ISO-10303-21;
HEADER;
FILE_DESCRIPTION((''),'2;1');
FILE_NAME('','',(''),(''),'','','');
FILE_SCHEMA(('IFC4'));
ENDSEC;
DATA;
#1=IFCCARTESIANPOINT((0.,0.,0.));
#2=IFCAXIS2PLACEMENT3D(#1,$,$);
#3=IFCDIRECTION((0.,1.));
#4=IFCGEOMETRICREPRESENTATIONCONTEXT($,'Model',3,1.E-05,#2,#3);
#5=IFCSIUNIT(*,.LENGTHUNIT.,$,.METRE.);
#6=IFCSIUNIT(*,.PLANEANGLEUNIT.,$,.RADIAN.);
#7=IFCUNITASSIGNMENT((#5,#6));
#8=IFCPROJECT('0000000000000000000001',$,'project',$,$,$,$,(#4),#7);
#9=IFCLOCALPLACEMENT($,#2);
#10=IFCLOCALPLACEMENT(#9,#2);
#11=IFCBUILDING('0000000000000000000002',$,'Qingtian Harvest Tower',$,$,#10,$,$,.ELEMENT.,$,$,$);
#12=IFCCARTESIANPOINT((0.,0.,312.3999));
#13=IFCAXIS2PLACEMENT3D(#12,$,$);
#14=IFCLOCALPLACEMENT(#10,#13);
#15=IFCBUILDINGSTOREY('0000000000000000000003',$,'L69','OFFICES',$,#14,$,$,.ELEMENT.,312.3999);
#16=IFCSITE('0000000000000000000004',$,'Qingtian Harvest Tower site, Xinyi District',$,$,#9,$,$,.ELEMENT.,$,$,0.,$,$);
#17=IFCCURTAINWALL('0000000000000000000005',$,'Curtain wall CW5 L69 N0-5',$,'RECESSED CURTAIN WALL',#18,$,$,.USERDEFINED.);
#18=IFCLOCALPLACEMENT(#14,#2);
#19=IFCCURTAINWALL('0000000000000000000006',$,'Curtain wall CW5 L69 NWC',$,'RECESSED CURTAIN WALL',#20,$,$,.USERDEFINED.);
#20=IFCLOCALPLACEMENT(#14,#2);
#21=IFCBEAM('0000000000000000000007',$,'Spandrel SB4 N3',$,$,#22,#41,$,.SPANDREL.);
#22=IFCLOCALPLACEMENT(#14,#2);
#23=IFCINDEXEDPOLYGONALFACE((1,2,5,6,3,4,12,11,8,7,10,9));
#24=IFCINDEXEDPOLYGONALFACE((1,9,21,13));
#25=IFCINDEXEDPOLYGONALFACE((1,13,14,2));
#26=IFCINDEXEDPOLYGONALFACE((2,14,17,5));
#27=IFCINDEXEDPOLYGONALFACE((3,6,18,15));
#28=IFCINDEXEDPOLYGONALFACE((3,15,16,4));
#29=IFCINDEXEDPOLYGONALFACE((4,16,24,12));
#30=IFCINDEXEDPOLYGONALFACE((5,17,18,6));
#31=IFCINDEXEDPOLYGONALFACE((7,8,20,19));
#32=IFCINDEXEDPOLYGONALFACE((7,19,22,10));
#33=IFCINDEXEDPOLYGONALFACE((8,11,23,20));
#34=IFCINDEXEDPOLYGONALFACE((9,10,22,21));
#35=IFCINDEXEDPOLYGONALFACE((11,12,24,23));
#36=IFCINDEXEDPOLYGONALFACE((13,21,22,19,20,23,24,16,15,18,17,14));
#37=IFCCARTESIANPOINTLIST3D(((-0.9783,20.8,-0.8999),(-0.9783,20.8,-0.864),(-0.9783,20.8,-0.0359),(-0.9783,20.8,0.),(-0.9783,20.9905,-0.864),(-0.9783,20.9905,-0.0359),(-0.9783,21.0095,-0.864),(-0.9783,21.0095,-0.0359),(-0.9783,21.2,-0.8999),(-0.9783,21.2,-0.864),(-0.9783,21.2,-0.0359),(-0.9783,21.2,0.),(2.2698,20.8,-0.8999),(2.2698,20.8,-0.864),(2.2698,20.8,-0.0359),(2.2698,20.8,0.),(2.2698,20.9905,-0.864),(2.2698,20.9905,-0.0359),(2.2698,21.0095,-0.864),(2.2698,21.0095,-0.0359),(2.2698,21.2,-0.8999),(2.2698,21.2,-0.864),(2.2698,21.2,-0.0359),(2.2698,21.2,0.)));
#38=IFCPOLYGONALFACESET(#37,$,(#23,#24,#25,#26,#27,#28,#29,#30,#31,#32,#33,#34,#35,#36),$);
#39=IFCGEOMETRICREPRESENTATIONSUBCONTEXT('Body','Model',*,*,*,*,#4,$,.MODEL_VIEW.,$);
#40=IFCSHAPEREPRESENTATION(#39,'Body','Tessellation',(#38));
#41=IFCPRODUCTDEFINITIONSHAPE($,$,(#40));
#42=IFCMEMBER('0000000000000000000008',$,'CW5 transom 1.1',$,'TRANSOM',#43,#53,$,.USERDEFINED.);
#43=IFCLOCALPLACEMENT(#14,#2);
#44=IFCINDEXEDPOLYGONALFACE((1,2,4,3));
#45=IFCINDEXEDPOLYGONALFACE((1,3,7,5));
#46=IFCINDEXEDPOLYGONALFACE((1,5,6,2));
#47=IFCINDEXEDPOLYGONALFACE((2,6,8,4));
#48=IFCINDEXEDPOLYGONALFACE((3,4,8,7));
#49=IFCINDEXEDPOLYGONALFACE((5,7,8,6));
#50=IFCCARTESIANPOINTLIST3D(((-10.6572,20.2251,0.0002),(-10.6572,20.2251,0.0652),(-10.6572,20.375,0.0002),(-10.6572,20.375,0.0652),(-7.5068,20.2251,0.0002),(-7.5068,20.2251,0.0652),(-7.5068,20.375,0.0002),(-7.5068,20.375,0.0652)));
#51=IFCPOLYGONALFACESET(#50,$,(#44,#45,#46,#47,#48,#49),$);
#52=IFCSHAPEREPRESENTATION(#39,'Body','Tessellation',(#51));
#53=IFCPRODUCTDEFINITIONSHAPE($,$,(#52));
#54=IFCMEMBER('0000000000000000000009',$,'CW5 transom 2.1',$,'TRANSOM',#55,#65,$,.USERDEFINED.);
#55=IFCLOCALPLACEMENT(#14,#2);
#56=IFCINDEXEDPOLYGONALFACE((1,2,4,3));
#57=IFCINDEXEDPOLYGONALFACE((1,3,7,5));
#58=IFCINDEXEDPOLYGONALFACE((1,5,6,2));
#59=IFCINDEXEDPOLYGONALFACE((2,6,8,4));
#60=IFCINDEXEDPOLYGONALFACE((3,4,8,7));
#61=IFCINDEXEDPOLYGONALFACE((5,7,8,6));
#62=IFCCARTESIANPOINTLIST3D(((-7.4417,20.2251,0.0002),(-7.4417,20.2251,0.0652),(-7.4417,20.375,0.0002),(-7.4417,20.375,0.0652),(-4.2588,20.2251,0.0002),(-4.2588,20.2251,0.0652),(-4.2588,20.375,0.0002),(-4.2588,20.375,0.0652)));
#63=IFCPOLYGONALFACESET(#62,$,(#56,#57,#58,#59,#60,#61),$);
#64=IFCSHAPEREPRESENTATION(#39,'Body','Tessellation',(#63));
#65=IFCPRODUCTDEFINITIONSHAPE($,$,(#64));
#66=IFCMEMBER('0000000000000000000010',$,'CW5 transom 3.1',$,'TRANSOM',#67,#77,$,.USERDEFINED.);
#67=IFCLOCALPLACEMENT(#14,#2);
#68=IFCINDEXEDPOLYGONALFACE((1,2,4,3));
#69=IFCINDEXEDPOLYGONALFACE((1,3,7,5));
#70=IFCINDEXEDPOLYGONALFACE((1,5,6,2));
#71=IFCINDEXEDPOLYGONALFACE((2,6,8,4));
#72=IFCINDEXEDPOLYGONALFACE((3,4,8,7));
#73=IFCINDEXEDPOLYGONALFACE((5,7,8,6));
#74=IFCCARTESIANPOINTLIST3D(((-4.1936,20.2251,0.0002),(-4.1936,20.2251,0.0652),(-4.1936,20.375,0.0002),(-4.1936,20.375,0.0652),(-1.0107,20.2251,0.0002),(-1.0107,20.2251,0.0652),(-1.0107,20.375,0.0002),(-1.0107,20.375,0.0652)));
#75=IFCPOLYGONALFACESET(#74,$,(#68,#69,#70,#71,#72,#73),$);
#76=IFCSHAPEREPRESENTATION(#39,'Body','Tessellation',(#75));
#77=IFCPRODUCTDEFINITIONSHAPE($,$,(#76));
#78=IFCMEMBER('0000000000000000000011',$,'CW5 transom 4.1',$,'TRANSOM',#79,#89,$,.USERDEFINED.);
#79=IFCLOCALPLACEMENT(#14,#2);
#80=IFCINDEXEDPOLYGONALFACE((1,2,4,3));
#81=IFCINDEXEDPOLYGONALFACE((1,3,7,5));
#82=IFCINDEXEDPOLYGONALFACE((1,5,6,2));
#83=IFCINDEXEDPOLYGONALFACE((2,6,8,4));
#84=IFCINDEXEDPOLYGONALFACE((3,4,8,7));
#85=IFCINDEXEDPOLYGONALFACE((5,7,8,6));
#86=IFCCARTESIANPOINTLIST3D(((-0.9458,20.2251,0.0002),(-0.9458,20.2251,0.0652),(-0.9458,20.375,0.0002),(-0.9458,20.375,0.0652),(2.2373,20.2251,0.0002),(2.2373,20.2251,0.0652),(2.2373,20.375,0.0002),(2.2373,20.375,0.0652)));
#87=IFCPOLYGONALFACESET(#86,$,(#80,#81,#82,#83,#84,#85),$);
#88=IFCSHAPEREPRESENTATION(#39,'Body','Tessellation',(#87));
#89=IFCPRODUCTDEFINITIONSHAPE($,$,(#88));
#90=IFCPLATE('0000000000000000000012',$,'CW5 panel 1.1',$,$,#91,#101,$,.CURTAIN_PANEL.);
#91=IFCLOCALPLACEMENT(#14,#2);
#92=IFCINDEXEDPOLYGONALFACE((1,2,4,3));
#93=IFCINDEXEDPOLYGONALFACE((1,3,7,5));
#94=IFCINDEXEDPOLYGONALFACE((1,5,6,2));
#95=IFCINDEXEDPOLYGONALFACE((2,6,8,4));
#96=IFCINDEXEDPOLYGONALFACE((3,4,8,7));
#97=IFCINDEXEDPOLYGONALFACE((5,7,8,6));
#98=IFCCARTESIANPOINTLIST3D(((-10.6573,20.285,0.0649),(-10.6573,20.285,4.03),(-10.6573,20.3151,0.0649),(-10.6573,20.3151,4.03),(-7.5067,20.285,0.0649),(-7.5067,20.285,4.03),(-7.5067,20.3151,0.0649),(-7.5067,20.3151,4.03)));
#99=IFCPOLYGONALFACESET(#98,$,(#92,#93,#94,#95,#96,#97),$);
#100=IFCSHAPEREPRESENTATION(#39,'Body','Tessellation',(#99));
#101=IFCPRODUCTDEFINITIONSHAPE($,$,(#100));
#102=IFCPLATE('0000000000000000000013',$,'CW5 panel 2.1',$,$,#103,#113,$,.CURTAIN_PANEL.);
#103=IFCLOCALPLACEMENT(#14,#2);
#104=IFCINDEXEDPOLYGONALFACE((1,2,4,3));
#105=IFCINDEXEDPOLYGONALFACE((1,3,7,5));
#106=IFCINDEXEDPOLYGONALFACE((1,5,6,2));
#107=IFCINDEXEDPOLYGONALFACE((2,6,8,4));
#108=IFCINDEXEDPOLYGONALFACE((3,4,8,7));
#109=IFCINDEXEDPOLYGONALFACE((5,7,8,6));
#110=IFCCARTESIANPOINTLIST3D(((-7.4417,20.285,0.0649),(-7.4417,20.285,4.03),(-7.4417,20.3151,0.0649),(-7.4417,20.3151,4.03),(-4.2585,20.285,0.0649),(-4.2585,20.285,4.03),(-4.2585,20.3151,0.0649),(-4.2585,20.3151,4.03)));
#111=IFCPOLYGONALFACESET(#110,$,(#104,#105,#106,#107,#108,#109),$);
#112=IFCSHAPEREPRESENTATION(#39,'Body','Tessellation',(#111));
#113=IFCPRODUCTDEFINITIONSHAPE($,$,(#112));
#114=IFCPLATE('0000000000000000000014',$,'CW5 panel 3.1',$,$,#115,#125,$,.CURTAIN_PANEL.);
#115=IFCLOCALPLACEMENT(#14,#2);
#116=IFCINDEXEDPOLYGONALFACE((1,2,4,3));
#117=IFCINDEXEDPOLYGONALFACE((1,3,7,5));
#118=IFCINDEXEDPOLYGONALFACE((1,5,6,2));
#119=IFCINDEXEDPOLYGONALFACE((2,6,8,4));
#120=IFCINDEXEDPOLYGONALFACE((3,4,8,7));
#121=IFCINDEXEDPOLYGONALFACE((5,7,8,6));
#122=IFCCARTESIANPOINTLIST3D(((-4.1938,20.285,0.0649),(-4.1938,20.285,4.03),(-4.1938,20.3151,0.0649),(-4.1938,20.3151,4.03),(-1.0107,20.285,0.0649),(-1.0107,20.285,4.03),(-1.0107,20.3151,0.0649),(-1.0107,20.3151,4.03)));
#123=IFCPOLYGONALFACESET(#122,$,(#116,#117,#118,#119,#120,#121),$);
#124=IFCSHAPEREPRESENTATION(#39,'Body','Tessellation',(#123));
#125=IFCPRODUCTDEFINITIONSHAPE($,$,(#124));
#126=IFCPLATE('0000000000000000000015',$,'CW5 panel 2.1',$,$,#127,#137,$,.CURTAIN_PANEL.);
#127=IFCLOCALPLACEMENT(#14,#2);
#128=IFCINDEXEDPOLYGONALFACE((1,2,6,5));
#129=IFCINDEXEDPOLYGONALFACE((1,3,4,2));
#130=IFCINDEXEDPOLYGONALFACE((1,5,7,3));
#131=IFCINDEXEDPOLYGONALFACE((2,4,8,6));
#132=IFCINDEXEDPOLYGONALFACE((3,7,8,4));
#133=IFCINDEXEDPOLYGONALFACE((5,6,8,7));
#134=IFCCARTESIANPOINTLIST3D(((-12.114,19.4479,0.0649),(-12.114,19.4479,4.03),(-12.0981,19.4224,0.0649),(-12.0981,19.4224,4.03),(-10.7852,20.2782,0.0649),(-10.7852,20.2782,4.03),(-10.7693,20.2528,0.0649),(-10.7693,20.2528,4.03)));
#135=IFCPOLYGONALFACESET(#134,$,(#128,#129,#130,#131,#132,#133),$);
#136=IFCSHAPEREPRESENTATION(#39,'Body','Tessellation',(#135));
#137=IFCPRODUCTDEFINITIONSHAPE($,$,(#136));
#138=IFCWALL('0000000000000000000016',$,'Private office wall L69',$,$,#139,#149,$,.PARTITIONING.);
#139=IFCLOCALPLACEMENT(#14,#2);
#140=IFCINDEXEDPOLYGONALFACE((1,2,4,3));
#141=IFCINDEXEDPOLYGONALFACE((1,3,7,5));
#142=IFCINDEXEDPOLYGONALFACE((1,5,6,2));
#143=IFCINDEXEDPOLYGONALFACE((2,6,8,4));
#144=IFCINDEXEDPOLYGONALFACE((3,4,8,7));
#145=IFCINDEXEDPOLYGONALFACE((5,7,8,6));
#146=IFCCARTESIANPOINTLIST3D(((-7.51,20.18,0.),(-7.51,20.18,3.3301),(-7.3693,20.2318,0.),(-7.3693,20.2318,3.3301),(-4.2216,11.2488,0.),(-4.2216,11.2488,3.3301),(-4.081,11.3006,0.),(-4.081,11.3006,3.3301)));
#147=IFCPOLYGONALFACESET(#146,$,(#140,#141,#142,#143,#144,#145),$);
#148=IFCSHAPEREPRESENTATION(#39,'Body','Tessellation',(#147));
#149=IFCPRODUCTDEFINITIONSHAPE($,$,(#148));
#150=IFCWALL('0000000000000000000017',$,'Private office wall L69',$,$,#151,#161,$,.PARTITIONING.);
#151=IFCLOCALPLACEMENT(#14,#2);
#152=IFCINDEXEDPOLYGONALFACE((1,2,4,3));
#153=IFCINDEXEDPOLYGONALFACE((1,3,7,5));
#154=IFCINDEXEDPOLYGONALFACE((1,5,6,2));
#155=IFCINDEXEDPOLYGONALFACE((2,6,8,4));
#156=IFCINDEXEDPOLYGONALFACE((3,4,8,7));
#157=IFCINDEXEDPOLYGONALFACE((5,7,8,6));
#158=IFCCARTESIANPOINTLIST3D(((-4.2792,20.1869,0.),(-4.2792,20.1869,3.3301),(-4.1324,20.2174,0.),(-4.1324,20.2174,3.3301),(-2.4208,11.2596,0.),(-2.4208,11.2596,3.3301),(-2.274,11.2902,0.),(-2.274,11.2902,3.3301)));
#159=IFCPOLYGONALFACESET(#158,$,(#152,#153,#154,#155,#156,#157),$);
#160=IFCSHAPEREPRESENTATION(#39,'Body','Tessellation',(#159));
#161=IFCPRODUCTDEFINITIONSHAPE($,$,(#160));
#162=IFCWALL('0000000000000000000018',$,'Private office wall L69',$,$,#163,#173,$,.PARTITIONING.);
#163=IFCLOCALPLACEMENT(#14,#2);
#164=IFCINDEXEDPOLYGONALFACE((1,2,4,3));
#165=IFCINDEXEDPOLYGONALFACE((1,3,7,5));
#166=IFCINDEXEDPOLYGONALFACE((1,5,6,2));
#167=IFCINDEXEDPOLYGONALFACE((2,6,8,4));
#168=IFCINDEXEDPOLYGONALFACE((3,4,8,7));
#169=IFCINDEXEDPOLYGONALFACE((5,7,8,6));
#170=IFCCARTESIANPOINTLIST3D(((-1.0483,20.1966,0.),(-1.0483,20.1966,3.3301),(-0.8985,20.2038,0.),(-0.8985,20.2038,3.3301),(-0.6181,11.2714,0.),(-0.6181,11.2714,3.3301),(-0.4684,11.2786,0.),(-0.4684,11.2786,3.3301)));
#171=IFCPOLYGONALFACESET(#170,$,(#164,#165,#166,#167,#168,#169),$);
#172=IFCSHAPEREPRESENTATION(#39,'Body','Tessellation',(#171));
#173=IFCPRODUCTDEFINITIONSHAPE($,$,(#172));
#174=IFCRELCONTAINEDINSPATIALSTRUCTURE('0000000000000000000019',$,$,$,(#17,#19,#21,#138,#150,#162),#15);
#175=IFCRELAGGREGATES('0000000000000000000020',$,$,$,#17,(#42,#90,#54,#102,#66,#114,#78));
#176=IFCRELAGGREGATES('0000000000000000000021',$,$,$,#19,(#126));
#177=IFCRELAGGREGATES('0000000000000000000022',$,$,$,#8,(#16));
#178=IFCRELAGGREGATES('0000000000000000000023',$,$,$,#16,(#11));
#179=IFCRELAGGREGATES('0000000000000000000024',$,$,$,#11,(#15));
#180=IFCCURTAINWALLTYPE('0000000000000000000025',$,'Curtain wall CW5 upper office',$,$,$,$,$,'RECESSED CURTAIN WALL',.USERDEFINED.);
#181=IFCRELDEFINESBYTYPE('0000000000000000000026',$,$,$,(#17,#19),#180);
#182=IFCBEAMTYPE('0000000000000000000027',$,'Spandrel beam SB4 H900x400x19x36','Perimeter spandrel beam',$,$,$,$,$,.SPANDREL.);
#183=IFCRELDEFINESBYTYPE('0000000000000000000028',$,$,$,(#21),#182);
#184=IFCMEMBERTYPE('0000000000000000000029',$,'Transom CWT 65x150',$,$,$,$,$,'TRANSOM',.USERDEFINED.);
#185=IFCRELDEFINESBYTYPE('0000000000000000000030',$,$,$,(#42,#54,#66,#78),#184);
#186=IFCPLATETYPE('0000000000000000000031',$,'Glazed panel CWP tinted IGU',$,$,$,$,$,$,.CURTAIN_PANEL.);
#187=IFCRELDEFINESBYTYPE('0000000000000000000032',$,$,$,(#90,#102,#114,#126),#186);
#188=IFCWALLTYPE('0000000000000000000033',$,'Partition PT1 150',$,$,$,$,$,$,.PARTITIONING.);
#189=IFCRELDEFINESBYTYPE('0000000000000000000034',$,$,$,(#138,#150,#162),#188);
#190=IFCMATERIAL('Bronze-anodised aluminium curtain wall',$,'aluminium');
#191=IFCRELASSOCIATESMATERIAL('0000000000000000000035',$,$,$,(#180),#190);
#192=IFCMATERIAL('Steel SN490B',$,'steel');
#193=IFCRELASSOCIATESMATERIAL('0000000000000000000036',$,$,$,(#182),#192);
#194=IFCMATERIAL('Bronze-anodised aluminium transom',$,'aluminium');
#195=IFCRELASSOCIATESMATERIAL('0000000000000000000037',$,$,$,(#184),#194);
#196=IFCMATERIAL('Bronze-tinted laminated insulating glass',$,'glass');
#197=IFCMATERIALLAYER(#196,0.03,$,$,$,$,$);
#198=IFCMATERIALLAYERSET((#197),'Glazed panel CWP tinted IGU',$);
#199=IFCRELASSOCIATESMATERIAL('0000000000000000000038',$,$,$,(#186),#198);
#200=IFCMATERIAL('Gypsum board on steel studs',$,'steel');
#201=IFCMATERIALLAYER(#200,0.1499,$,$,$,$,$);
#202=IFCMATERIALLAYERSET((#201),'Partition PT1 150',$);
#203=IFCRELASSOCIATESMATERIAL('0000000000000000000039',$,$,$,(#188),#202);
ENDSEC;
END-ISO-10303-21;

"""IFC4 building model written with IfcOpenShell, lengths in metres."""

from ifc_helpers import new_model, si_unit, direction, frame, frame_2d, origin, origin_2d, place, context, subcontext, project, spatial, rectangle, i_section, extrude, material, layer, layer_set, material_profile, profile_set, type_object, element, aggregate, save


model = new_model("IFC4")

# Units and contexts
model_context = context("Model", 3, precision=1e-05, world=origin(), true_north=direction((0.0, 1.0)))
body_context = subcontext(model_context, "Body", "Model", "MODEL_VIEW")
ifc_project = project(units=[si_unit("LENGTHUNIT", "METRE"), si_unit("PLANEANGLEUNIT", "RADIAN")], contexts=[model_context])

# Site, building, storey
site_placement = place(None, origin())
site = spatial("IfcSite", under=ifc_project, at=site_placement, Name="Qingtian Harvest Tower site, Xinyi District", CompositionType="ELEMENT", RefElevation=0.0)
building_placement = place(site_placement, origin())
building = spatial("IfcBuilding", under=site, at=building_placement, Name="Qingtian Harvest Tower", CompositionType="ELEMENT")
storey_placement = place(building_placement, frame((0.0, 0.0, 312.3999)))
storey = spatial("IfcBuildingStorey", under=building, at=storey_placement, Name="L69", Description="OFFICES", CompositionType="ELEMENT", Elevation=312.3999)

# Curtain wall
ifc_material_1 = material(Name="Bronze-anodised aluminium curtain wall", Category="aluminium")
curtain_wall_type = type_object("IfcCurtainWallType", Name="Curtain wall CW5 upper office", ElementType="RECESSED CURTAIN WALL", PredefinedType="USERDEFINED", material=ifc_material_1)
curtain_wall_1_placement = place(storey_placement, origin())
curtain_wall_1 = element("IfcCurtainWall", 1, at=curtain_wall_1_placement, inside=storey, type_object=curtain_wall_type, Name="Curtain wall CW5 L69 N0-5", ObjectType="RECESSED CURTAIN WALL", PredefinedType="USERDEFINED")

# Curtain wall
curtain_wall_2_placement = place(storey_placement, origin())
curtain_wall_2 = element("IfcCurtainWall", 2, at=curtain_wall_2_placement, inside=storey, type_object=curtain_wall_type, Name="Curtain wall CW5 L69 NWC", ObjectType="RECESSED CURTAIN WALL", PredefinedType="USERDEFINED")

# Beam
ifc_material_2 = material(Name="Steel SN490B", Category="steel")
ifc_material_profile_1 = material_profile(ifc_material_2, i_section(OverallWidth=0.3999, OverallDepth=0.8999, WebThickness=0.019, FlangeThickness=0.0359, at=origin_2d()), Name="H900x400x19x36")
ifc_profile_set_1 = profile_set([ifc_material_profile_1], Name="Steel SN490B")
beam_type_1 = type_object("IfcBeamType", Name="Spandrel beam SB4 H900x400x19x36", Description="Perimeter spandrel beam", PredefinedType="SPANDREL", material=ifc_profile_set_1)
for number, where, z_axis, x_axis, name in (
    (3, (-0.9783, 21.0, -0.45), (1.0, 0.0, 0.0), (0.0, 1.0, 0.0), "Spandrel SB4 N3"),
):
    element("IfcBeam", number, at=place(storey_placement, frame(where, z_axis=z_axis, x_axis=x_axis)), inside=storey, type_object=beam_type_1, Name=name, PredefinedType="SPANDREL", context=body_context, shape_type="SweptSolid", body=[
        extrude(i_section(OverallWidth=0.3999, OverallDepth=0.8999, WebThickness=0.019, FlangeThickness=0.0359, at=origin_2d()), origin(), (0.0, 0.0, 1.0), 3.248),
    ])

# Members
ifc_material_3 = material(Name="Bronze-anodised aluminium transom", Category="aluminium")
ifc_material_profile_2 = material_profile(ifc_material_3, rectangle(XDim=0.1499, YDim=0.0649, at=origin_2d()), Name="AL 65x150")
ifc_profile_set_2 = profile_set([ifc_material_profile_2], Name="Bronze-anodised aluminium transom")
member_type_1 = type_object("IfcMemberType", Name="Transom CWT 65x150", ElementType="TRANSOM", PredefinedType="USERDEFINED", material=ifc_profile_set_2)
member_1_placement = place(storey_placement, frame((-10.6572, 20.3, 0.0327), z_axis=(1.0, 0.0, 0.0), x_axis=(0.0, 1.0, 0.0)))
member_1 = element("IfcMember", 4, at=member_1_placement, type_object=member_type_1, Name="CW5 transom 1.1", ObjectType="TRANSOM", PredefinedType="USERDEFINED", context=body_context, shape_type="SweptSolid", body=[
    extrude(rectangle(XDim=0.1499, YDim=0.0649, at=origin_2d()), origin(), (0.0, 0.0, 1.0), 3.1504),
])
member_2_placement = place(storey_placement, frame((-7.4417, 20.3, 0.0327), z_axis=(1.0, 0.0, 0.0), x_axis=(0.0, 1.0, 0.0)))
member_2 = element("IfcMember", 5, at=member_2_placement, type_object=member_type_1, Name="CW5 transom 2.1", ObjectType="TRANSOM", PredefinedType="USERDEFINED", context=body_context, shape_type="SweptSolid", body=[
    extrude(rectangle(XDim=0.1499, YDim=0.0649, at=origin_2d()), origin(), (0.0, 0.0, 1.0), 3.1829),
])
member_3_placement = place(storey_placement, frame((-4.1936, 20.3, 0.0327), z_axis=(1.0, 0.0, 0.0), x_axis=(0.0, 1.0, 0.0)))
member_3 = element("IfcMember", 6, at=member_3_placement, type_object=member_type_1, Name="CW5 transom 3.1", ObjectType="TRANSOM", PredefinedType="USERDEFINED", context=body_context, shape_type="SweptSolid", body=[
    extrude(rectangle(XDim=0.1499, YDim=0.0649, at=origin_2d()), origin(), (0.0, 0.0, 1.0), 3.1829),
])
member_4_placement = place(storey_placement, frame((-0.9458, 20.3, 0.0327), z_axis=(1.0, 0.0, 0.0), x_axis=(0.0, 1.0, 0.0)))
member_4 = element("IfcMember", 7, at=member_4_placement, type_object=member_type_1, Name="CW5 transom 4.1", ObjectType="TRANSOM", PredefinedType="USERDEFINED", context=body_context, shape_type="SweptSolid", body=[
    extrude(rectangle(XDim=0.1499, YDim=0.0649, at=origin_2d()), origin(), (0.0, 0.0, 1.0), 3.1831),
])

# Plates
ifc_material_4 = material(Name="Bronze-tinted laminated insulating glass", Category="glass")
ifc_layer_1 = layer(ifc_material_4, 0.03)
ifc_layer_set_1 = layer_set([ifc_layer_1], Name="Glazed panel CWP tinted IGU")
plate_type = type_object("IfcPlateType", Name="Glazed panel CWP tinted IGU", PredefinedType="CURTAIN_PANEL", material=ifc_layer_set_1)
plate_1_placement = place(storey_placement, frame((-9.082, 20.3, 0.0649), z_axis=(0.0, 0.0, 1.0), x_axis=(1.0, 0.0, 0.0)))
plate_1 = element("IfcPlate", 8, at=plate_1_placement, type_object=plate_type, Name="CW5 panel 1.1", PredefinedType="CURTAIN_PANEL", context=body_context, shape_type="SweptSolid", body=[
    extrude(rectangle(XDim=3.1506, YDim=0.03, at=origin_2d()), origin(), (0.0, 0.0, 1.0), 3.9651),
])
plate_2_placement = place(storey_placement, frame((-5.8501, 20.3, 0.0649), z_axis=(0.0, 0.0, 1.0), x_axis=(1.0, 0.0, 0.0)))
plate_2 = element("IfcPlate", 9, at=plate_2_placement, type_object=plate_type, Name="CW5 panel 2.1", PredefinedType="CURTAIN_PANEL", context=body_context, shape_type="SweptSolid", body=[
    extrude(rectangle(XDim=3.1831, YDim=0.03, at=origin_2d()), origin(), (0.0, 0.0, 1.0), 3.9651),
])
plate_3_placement = place(storey_placement, frame((-2.6023, 20.3, 0.0649), z_axis=(0.0, 0.0, 1.0), x_axis=(1.0, 0.0, 0.0)))
plate_3 = element("IfcPlate", 10, at=plate_3_placement, type_object=plate_type, Name="CW5 panel 3.1", PredefinedType="CURTAIN_PANEL", context=body_context, shape_type="SweptSolid", body=[
    extrude(rectangle(XDim=3.1831, YDim=0.03, at=origin_2d()), origin(), (0.0, 0.0, 1.0), 3.9651),
])
aggregate(curtain_wall_1, [member_1, plate_1, member_2, plate_2, member_3, plate_3, member_4])
plate_4_placement = place(storey_placement, frame((-11.4417, 19.8503, 0.0649), z_axis=(0.0, 0.0, 1.0), x_axis=(0.848048, 0.529919, 0.0)))
plate_4 = element("IfcPlate", 11, at=plate_4_placement, type_object=plate_type, Name="CW5 panel 2.1", PredefinedType="CURTAIN_PANEL", context=body_context, shape_type="SweptSolid", body=[
    extrude(rectangle(XDim=1.5669, YDim=0.03, at=origin_2d()), origin(), (0.0, 0.0, 1.0), 3.9651),
])
aggregate(curtain_wall_2, [plate_4])

# Walls
ifc_material_5 = material(Name="Gypsum board on steel studs", Category="steel")
ifc_layer_2 = layer(ifc_material_5, 0.1499)
ifc_layer_set_2 = layer_set([ifc_layer_2], Name="Partition PT1 150")
wall_type = type_object("IfcWallType", Name="Partition PT1 150", PredefinedType="PARTITIONING", material=ifc_layer_set_2)
wall_1_placement = place(storey_placement, frame((-7.4397, 20.2061, 0.0), z_axis=(0.0, 0.0, 1.0), x_axis=(0.345512, -0.938414, 0.0)))
element("IfcWall", 12, at=wall_1_placement, inside=storey, type_object=wall_type, Name="Private office wall L69", PredefinedType="PARTITIONING", context=body_context, shape_type="SweptSolid", body=[
    extrude(rectangle(XDim=9.5173, YDim=0.1499, at=frame_2d((4.7588, 0.0))), origin(), (0.0, 0.0, 1.0), 3.3301),
])
wall_2_placement = place(storey_placement, frame((-4.2058, 20.2021, 0.0), z_axis=(0.0, 0.0, 1.0), x_axis=(0.203802, -0.979012, 0.0)))
element("IfcWall", 13, at=wall_2_placement, inside=storey, type_object=wall_type, Name="Private office wall L69", PredefinedType="PARTITIONING", context=body_context, shape_type="SweptSolid", body=[
    extrude(rectangle(XDim=9.1187, YDim=0.1499, at=frame_2d((4.5593, 0.0))), origin(), (0.0, 0.0, 1.0), 3.3301),
])
wall_3_placement = place(storey_placement, frame((-0.9734, 20.2002, 0.0), z_axis=(0.0, 0.0, 1.0), x_axis=(0.048142, -0.998841, 0.0)))
element("IfcWall", 14, at=wall_3_placement, inside=storey, type_object=wall_type, Name="Private office wall L69", PredefinedType="PARTITIONING", context=body_context, shape_type="SweptSolid", body=[
    extrude(rectangle(XDim=8.9355, YDim=0.1499, at=frame_2d((4.4678, 0.0))), origin(), (0.0, 0.0, 1.0), 3.3301),
])

save(model, "model.ifc")
